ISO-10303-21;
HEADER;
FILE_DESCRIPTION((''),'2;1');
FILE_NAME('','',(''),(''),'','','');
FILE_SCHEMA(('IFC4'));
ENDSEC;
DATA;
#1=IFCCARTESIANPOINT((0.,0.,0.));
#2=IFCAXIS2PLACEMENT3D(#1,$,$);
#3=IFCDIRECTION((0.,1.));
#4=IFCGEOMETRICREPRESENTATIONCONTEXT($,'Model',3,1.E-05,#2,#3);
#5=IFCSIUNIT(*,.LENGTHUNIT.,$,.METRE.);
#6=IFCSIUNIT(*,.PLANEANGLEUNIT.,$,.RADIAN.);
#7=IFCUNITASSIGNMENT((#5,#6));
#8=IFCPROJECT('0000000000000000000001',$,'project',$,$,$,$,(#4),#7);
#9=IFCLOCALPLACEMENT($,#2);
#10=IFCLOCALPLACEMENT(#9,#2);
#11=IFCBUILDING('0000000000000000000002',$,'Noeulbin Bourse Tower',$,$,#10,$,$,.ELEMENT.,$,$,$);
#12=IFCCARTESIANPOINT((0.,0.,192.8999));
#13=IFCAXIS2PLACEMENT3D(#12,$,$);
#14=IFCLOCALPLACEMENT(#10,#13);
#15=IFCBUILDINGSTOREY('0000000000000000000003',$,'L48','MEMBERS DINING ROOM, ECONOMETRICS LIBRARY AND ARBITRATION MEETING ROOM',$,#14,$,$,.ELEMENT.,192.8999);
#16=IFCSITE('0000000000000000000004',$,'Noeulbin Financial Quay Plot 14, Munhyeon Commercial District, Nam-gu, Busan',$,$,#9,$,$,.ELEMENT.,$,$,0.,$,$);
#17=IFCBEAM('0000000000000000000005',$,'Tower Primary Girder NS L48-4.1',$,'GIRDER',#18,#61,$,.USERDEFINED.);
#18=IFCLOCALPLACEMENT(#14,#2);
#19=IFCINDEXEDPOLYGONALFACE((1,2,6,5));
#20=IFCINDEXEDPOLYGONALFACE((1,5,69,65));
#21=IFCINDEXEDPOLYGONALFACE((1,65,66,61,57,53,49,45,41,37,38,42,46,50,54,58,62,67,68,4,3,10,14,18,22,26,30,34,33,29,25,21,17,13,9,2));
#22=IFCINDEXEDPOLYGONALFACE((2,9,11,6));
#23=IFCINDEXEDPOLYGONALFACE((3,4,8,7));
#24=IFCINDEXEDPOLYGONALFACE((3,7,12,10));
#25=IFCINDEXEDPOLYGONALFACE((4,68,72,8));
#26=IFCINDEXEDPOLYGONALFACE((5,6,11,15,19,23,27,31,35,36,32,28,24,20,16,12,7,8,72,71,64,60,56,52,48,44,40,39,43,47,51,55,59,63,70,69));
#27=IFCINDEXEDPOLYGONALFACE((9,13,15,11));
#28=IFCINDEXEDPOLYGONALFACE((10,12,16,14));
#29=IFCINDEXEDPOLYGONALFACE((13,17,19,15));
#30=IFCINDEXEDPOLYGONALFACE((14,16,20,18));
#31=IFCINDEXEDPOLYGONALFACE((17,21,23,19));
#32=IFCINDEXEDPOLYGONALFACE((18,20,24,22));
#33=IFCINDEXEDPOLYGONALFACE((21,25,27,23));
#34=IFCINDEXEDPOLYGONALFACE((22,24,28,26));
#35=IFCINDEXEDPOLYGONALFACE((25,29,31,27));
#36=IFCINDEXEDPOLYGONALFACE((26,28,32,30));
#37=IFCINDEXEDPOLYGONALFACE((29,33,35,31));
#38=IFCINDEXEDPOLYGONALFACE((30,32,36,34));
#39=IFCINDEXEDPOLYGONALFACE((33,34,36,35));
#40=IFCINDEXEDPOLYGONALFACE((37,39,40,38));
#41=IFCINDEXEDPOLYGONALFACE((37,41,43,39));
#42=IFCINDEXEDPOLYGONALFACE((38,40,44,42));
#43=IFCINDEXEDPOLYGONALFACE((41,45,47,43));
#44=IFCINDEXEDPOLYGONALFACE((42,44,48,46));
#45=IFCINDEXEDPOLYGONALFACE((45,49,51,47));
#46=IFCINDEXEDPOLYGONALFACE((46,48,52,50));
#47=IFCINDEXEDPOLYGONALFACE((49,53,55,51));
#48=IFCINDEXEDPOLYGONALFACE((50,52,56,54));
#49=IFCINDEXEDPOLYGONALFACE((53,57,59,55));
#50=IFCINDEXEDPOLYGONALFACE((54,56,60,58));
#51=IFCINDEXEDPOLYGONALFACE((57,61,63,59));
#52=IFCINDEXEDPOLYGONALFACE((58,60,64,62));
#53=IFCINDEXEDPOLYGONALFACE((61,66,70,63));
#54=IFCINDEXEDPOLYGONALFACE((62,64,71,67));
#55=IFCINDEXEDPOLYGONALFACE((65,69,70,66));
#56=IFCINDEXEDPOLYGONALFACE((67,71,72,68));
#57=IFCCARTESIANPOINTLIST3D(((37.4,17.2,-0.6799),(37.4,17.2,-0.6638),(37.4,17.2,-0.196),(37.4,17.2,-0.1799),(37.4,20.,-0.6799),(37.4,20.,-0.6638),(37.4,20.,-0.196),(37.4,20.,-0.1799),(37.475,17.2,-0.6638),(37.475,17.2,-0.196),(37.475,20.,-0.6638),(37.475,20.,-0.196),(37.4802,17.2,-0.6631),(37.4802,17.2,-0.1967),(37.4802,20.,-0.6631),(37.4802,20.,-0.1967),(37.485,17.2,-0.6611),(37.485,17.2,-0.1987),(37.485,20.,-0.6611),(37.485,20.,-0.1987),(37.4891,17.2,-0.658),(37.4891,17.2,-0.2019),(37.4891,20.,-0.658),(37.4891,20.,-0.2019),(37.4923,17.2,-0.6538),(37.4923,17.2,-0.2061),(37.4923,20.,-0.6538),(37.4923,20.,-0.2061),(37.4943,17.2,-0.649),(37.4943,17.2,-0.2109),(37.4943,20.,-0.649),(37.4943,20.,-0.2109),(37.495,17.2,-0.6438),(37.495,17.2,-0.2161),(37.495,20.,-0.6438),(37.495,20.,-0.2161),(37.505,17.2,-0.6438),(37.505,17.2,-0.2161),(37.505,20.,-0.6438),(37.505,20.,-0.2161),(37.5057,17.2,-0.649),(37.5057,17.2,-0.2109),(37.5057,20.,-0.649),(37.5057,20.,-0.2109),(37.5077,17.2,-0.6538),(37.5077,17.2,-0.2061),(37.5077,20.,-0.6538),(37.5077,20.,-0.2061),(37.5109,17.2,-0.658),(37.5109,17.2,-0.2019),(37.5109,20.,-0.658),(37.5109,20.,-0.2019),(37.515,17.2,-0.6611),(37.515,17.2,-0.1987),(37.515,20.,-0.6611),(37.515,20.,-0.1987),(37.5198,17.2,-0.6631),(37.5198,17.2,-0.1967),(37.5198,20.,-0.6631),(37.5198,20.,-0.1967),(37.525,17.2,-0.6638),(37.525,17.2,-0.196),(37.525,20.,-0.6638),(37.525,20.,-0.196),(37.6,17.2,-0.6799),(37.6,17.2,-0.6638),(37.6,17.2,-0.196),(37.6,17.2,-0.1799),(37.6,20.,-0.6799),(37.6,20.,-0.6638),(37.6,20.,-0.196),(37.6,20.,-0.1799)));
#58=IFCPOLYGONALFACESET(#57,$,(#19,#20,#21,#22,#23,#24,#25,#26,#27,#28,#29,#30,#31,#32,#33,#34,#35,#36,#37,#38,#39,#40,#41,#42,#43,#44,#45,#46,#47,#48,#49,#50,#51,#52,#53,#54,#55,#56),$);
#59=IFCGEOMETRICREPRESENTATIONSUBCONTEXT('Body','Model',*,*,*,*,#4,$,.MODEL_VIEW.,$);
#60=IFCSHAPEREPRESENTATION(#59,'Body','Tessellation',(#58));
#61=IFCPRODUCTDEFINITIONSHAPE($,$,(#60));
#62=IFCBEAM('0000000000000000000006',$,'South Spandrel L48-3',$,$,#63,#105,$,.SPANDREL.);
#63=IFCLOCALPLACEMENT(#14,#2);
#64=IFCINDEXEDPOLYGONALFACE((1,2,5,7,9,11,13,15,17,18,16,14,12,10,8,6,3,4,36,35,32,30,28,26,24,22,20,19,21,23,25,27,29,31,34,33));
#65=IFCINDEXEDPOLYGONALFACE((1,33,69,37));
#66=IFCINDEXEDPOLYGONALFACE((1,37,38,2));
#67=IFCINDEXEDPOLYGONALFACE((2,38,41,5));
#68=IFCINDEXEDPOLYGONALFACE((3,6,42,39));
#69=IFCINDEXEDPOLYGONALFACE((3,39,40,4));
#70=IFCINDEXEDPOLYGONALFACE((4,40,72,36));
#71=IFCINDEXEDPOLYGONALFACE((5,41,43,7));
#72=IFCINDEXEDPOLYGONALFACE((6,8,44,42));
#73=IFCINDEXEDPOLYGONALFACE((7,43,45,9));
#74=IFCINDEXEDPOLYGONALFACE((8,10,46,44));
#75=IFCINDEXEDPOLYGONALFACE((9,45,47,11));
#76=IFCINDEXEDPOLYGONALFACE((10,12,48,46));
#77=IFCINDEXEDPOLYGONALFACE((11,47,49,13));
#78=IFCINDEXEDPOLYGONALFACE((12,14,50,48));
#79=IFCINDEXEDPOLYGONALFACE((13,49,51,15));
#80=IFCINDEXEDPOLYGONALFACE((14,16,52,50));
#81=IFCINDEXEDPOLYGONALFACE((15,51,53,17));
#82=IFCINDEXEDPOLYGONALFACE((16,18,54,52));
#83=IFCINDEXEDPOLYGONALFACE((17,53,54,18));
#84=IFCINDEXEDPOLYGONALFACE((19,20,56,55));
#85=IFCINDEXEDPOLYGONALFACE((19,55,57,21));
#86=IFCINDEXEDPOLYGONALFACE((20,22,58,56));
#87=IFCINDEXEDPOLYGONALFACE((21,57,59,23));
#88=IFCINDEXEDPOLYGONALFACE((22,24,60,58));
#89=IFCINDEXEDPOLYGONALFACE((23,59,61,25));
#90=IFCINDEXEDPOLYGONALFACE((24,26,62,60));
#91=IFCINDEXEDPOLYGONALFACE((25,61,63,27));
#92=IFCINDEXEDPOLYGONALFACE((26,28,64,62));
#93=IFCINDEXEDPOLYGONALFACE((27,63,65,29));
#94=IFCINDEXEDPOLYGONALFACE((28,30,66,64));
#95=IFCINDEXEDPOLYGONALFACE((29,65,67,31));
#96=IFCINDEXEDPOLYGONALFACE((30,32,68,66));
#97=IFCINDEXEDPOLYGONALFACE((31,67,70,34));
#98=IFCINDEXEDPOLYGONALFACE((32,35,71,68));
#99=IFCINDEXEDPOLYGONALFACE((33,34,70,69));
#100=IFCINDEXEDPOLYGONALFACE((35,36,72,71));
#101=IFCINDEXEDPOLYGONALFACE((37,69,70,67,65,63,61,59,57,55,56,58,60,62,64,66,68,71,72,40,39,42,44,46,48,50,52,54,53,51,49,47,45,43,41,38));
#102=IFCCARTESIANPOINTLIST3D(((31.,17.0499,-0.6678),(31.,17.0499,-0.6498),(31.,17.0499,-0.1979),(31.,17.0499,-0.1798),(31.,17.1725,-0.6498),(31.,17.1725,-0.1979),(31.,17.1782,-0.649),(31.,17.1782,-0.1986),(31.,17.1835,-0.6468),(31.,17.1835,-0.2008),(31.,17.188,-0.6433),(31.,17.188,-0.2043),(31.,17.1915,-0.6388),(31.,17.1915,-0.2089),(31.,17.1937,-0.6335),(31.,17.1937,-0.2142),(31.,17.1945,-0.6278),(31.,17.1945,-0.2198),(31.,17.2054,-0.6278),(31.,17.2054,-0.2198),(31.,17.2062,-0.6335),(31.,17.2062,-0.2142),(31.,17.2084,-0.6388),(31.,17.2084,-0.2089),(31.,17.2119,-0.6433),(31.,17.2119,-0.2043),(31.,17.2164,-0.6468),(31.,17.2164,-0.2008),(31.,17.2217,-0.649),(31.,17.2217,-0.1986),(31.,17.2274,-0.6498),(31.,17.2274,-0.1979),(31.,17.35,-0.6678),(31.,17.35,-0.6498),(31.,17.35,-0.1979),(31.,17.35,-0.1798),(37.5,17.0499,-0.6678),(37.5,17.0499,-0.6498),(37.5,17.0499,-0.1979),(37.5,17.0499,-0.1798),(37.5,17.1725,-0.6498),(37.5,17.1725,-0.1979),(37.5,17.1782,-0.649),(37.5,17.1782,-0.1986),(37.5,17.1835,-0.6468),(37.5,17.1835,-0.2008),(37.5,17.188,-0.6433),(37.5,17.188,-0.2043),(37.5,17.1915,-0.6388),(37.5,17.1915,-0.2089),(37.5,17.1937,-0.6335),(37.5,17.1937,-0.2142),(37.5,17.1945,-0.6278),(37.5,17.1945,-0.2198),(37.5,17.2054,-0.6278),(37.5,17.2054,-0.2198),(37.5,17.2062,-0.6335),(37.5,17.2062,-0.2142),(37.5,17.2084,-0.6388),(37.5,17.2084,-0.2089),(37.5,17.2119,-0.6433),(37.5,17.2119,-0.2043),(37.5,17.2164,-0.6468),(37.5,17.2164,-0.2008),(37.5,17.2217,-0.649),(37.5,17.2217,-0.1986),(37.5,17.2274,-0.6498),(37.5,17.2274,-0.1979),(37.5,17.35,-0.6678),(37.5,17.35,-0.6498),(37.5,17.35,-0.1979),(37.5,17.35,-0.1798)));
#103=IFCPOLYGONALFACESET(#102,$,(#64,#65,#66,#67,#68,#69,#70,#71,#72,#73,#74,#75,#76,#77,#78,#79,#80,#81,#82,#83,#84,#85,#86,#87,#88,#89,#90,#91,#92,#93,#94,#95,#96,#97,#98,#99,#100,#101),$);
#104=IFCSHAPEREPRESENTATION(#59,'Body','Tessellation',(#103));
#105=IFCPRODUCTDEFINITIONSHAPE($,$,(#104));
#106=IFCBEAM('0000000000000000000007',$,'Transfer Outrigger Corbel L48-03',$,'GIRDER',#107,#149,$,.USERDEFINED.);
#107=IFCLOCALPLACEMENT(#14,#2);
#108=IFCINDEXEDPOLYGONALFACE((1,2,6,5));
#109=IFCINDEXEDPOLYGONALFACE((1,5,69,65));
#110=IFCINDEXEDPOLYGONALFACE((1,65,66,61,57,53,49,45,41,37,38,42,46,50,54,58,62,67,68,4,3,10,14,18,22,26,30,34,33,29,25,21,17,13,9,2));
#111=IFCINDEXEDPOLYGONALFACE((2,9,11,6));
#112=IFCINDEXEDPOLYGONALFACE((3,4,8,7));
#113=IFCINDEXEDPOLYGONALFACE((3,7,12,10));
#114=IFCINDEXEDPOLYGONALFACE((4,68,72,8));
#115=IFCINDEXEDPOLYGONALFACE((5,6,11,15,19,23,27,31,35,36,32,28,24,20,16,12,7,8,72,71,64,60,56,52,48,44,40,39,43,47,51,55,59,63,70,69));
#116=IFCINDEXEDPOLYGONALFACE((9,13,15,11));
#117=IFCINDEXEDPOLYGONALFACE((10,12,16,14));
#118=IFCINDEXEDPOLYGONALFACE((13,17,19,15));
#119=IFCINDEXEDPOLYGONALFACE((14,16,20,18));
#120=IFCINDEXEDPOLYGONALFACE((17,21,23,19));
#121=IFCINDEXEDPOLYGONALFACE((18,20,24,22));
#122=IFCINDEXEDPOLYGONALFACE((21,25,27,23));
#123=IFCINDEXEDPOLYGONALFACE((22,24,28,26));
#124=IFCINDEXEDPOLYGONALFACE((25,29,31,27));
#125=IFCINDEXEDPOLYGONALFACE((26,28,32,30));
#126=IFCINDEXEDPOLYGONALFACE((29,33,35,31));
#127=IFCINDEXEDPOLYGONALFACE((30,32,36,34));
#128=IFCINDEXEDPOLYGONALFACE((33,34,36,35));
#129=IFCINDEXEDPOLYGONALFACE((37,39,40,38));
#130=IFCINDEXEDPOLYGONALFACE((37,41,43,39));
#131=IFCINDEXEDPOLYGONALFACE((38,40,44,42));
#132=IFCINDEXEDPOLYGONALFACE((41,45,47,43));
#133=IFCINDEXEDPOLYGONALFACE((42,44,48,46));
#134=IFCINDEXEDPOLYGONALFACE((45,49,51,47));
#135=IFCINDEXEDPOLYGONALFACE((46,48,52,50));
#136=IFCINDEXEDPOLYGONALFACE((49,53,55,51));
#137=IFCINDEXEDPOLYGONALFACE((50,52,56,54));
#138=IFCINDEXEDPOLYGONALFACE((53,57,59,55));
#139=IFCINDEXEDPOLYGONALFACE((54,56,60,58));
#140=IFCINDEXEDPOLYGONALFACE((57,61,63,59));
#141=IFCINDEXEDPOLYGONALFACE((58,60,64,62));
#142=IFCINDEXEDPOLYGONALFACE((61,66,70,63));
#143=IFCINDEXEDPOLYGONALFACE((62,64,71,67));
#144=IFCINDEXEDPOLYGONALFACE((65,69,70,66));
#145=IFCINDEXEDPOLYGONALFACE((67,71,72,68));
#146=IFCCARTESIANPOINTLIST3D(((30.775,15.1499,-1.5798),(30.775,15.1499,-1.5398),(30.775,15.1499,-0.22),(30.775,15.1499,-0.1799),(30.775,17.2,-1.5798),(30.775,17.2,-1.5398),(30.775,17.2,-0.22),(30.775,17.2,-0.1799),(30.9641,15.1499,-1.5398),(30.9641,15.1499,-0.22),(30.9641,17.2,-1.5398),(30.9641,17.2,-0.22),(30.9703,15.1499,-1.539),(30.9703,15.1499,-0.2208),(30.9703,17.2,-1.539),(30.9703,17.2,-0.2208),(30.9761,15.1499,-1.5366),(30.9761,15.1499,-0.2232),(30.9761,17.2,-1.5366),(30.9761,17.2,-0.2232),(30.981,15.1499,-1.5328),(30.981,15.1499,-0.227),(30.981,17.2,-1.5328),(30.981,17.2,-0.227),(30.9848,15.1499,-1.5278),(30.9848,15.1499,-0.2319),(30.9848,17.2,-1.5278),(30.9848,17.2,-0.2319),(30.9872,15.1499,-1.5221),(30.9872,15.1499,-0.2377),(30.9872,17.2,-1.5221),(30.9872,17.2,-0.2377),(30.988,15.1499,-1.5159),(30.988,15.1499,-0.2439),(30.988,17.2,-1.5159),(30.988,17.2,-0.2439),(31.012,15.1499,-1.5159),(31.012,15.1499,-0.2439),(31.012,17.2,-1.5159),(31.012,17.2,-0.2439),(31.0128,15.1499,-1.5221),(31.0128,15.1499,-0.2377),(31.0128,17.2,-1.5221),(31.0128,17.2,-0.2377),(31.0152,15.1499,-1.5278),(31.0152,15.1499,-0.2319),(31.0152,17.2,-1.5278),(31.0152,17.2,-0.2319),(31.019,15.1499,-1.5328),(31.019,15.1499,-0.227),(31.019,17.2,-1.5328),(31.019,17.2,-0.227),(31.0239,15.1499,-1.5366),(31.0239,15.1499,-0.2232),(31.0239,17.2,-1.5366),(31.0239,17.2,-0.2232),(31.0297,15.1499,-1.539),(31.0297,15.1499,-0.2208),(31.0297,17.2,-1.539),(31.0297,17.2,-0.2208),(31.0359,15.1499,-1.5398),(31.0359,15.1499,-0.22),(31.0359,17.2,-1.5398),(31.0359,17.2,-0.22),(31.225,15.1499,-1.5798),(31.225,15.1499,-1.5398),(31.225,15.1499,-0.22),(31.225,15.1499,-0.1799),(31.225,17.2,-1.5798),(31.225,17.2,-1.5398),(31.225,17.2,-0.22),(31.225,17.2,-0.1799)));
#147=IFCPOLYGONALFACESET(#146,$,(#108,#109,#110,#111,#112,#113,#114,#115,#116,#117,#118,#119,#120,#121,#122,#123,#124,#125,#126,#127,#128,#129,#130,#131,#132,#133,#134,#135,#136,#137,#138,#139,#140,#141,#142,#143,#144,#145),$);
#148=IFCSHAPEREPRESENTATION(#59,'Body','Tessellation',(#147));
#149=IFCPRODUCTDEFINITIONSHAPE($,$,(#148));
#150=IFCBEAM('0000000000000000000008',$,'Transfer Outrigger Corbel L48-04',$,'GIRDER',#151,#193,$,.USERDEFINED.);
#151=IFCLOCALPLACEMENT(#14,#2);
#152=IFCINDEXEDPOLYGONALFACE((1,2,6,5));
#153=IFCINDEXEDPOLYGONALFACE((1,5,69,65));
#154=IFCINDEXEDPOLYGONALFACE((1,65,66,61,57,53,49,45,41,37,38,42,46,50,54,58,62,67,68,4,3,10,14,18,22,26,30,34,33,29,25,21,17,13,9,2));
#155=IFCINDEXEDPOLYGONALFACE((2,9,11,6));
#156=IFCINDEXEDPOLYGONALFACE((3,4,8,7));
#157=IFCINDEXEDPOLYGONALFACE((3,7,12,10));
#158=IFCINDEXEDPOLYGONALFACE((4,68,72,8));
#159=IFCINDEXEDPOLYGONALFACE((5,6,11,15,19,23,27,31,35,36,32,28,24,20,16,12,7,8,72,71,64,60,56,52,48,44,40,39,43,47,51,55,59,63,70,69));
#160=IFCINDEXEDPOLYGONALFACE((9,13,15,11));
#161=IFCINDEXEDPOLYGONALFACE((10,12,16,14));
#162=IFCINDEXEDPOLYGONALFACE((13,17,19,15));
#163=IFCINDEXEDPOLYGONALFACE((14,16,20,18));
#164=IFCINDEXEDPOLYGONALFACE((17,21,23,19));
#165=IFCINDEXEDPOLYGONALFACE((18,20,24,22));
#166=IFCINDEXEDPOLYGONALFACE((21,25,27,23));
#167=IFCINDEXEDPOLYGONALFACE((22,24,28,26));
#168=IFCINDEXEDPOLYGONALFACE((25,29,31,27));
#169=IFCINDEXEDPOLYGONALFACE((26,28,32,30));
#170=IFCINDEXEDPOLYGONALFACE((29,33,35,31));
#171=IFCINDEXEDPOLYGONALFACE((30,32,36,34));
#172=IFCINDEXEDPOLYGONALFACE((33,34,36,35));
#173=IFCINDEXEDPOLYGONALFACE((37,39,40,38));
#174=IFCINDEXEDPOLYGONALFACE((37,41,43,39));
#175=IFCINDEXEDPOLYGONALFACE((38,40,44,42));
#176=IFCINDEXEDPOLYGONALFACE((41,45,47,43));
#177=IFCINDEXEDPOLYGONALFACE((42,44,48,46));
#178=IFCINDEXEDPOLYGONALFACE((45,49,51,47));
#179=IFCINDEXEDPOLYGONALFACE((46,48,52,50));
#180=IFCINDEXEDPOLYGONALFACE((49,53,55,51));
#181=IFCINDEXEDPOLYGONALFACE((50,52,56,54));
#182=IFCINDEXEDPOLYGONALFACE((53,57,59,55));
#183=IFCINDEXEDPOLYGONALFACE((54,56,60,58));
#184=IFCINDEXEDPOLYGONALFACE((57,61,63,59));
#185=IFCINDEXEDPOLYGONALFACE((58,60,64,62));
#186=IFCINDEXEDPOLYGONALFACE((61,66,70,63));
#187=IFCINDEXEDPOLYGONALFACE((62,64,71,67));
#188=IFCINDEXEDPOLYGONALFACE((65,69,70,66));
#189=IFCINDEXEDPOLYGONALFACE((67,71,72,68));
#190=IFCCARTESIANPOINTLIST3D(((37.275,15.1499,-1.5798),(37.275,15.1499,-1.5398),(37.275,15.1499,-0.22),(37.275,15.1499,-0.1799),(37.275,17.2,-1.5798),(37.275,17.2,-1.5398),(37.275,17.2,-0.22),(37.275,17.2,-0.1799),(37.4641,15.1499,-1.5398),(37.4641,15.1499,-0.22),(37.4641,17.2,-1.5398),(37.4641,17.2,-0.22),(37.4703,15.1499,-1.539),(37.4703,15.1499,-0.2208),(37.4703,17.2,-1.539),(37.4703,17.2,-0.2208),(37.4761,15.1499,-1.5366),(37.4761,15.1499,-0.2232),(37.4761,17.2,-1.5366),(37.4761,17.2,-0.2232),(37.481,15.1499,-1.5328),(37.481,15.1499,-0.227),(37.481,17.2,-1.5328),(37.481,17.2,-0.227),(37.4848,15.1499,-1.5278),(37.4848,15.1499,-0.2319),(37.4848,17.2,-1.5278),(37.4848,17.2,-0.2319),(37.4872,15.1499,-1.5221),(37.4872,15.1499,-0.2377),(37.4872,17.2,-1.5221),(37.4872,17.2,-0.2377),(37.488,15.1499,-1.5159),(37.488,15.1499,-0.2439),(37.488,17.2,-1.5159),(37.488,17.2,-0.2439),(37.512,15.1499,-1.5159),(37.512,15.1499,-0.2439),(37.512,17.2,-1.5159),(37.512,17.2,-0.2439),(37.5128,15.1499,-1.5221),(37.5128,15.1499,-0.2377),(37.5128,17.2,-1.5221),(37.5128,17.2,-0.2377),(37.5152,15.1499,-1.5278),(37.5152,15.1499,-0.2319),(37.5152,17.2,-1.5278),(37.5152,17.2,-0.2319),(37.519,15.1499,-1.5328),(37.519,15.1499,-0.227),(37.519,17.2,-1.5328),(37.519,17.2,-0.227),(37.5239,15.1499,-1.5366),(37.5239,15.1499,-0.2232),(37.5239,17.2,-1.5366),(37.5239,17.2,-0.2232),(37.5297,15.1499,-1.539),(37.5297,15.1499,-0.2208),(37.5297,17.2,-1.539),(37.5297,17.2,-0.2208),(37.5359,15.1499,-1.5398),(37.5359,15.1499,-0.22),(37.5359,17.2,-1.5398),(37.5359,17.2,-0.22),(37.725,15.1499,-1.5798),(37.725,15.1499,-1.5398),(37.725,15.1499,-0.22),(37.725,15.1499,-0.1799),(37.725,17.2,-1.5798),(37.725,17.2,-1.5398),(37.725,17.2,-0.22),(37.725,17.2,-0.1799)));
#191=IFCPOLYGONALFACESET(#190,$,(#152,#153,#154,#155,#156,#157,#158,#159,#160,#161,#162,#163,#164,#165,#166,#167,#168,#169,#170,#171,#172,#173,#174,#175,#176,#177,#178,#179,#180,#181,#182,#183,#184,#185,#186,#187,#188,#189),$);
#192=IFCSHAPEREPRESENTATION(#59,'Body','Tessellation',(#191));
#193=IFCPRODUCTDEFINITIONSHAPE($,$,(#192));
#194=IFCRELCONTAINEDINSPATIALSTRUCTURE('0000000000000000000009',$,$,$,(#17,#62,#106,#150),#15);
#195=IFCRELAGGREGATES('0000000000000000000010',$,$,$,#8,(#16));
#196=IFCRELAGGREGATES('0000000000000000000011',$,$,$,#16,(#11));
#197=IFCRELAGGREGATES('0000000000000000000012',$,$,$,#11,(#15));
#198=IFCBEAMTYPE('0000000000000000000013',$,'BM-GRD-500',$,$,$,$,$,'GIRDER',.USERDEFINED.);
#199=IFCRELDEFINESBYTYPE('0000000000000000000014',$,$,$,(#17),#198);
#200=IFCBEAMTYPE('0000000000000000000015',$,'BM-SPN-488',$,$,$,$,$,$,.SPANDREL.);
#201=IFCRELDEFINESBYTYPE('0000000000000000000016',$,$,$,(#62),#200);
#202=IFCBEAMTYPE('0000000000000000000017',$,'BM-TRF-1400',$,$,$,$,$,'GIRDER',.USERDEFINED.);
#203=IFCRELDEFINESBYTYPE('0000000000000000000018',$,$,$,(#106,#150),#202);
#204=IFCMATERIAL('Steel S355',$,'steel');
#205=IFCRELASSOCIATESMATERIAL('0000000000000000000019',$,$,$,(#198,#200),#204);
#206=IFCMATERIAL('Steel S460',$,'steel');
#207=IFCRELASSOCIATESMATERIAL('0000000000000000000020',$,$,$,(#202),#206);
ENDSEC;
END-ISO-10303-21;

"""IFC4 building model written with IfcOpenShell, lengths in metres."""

from ifc_helpers import new_model, si_unit, direction, frame, origin, origin_2d, place, context, subcontext, project, spatial, i_section, extrude, material, material_profile, profile_set, type_object, element, save


model = new_model("IFC4")

# Units and contexts
model_context = context("Model", 3, precision=1e-05, world=origin(), true_north=direction((0.0, 1.0)))
body_context = subcontext(model_context, "Body", "Model", "MODEL_VIEW")
ifc_project = project(units=[si_unit("LENGTHUNIT", "METRE"), si_unit("PLANEANGLEUNIT", "RADIAN")], contexts=[model_context])

# Site, building, storey
site_placement = place(None, origin())
site = spatial("IfcSite", under=ifc_project, at=site_placement, Name="Noeulbin Financial Quay Plot 14, Munhyeon Commercial District, Nam-gu, Busan", CompositionType="ELEMENT", RefElevation=0.0)
building_placement = place(site_placement, origin())
building = spatial("IfcBuilding", under=site, at=building_placement, Name="Noeulbin Bourse Tower", CompositionType="ELEMENT")
storey_placement = place(building_placement, frame((0.0, 0.0, 192.8999)))
storey = spatial("IfcBuildingStorey", under=building, at=storey_placement, Name="L48", Description="MEMBERS DINING ROOM, ECONOMETRICS LIBRARY AND ARBITRATION MEETING ROOM", CompositionType="ELEMENT", Elevation=192.8999)

# Shared definitions
ifc_material_1 = material(Name="Steel S355", Category="steel")

# Beams
ifc_material_profile_1 = material_profile(ifc_material_1, i_section(OverallWidth=0.2, OverallDepth=0.5, WebThickness=0.01, FlangeThickness=0.0161, FilletRadius=0.02, at=origin_2d()), Name="H-500x200x10x16", Category="LoadBearing")
ifc_profile_set_1 = profile_set([ifc_material_profile_1], Name="Steel S355")
beam_type_1 = type_object("IfcBeamType", Name="BM-GRD-500", ElementType="GIRDER", PredefinedType="USERDEFINED", material=ifc_profile_set_1)
for number, where, z_axis, x_axis, name in (
    (1, (37.5, 17.2, -0.4299), (0.0, 1.0, 0.0), (-1.0, 0.0, 0.0), "Tower Primary Girder NS L48-4.1"),
):
    element("IfcBeam", number, at=place(storey_placement, frame(where, z_axis=z_axis, x_axis=x_axis)), inside=storey, type_object=beam_type_1, Name=name, ObjectType="GIRDER", PredefinedType="USERDEFINED", context=body_context, shape_type="SweptSolid", body=[
        extrude(i_section(OverallWidth=0.2, OverallDepth=0.5, WebThickness=0.01, FlangeThickness=0.0161, FilletRadius=0.02, at=origin_2d()), origin(), (0.0, 0.0, 1.0), 2.8),
    ])
ifc_material_profile_2 = material_profile(ifc_material_1, i_section(OverallWidth=0.3, OverallDepth=0.488, WebThickness=0.011, FlangeThickness=0.0181, FilletRadius=0.022, at=origin_2d()), Name="H-488x300x11x18", Category="LoadBearing")
ifc_profile_set_2 = profile_set([ifc_material_profile_2], Name="Steel S355")
beam_type_2 = type_object("IfcBeamType", Name="BM-SPN-488", PredefinedType="SPANDREL", material=ifc_profile_set_2)
beam_placement = place(storey_placement, frame((31.0, 17.2, -0.4238), z_axis=(1.0, 0.0, 0.0), x_axis=(0.0, 1.0, 0.0)))
element("IfcBeam", 2, at=beam_placement, inside=storey, type_object=beam_type_2, Name="South Spandrel L48-3", PredefinedType="SPANDREL", context=body_context, shape_type="SweptSolid", body=[
    extrude(i_section(OverallWidth=0.3, OverallDepth=0.488, WebThickness=0.011, FlangeThickness=0.0181, FilletRadius=0.022, at=origin_2d()), origin(), (0.0, 0.0, 1.0), 6.5),
])
ifc_material_2 = material(Name="Steel S460", Category="steel")
ifc_material_profile_3 = material_profile(ifc_material_2, i_section(OverallWidth=0.45, OverallDepth=1.3999, WebThickness=0.0239, FlangeThickness=0.04, FilletRadius=0.0239, at=origin_2d()), Name="PG-1400x450x24x40", Category="LoadBearing")
ifc_profile_set_3 = profile_set([ifc_material_profile_3], Name="Steel S460")
beam_type_3 = type_object("IfcBeamType", Name="BM-TRF-1400", ElementType="GIRDER", PredefinedType="USERDEFINED", material=ifc_profile_set_3)
for number, where, z_axis, x_axis, name in (
    (3, (31.0, 15.1499, -0.8799), (0.0, 1.0, 0.0), (-1.0, 0.0, 0.0), "Transfer Outrigger Corbel L48-03"),
    (4, (37.5, 15.1499, -0.8799), (0.0, 1.0, 0.0), (-1.0, 0.0, 0.0), "Transfer Outrigger Corbel L48-04"),
):
    element("IfcBeam", number, at=place(storey_placement, frame(where, z_axis=z_axis, x_axis=x_axis)), inside=storey, type_object=beam_type_3, Name=name, ObjectType="GIRDER", PredefinedType="USERDEFINED", context=body_context, shape_type="SweptSolid", body=[
        extrude(i_section(OverallWidth=0.45, OverallDepth=1.3999, WebThickness=0.0239, FlangeThickness=0.04, FilletRadius=0.0239, at=origin_2d()), origin(), (0.0, 0.0, 1.0), 2.05),
    ])

save(model, "model.ifc")
